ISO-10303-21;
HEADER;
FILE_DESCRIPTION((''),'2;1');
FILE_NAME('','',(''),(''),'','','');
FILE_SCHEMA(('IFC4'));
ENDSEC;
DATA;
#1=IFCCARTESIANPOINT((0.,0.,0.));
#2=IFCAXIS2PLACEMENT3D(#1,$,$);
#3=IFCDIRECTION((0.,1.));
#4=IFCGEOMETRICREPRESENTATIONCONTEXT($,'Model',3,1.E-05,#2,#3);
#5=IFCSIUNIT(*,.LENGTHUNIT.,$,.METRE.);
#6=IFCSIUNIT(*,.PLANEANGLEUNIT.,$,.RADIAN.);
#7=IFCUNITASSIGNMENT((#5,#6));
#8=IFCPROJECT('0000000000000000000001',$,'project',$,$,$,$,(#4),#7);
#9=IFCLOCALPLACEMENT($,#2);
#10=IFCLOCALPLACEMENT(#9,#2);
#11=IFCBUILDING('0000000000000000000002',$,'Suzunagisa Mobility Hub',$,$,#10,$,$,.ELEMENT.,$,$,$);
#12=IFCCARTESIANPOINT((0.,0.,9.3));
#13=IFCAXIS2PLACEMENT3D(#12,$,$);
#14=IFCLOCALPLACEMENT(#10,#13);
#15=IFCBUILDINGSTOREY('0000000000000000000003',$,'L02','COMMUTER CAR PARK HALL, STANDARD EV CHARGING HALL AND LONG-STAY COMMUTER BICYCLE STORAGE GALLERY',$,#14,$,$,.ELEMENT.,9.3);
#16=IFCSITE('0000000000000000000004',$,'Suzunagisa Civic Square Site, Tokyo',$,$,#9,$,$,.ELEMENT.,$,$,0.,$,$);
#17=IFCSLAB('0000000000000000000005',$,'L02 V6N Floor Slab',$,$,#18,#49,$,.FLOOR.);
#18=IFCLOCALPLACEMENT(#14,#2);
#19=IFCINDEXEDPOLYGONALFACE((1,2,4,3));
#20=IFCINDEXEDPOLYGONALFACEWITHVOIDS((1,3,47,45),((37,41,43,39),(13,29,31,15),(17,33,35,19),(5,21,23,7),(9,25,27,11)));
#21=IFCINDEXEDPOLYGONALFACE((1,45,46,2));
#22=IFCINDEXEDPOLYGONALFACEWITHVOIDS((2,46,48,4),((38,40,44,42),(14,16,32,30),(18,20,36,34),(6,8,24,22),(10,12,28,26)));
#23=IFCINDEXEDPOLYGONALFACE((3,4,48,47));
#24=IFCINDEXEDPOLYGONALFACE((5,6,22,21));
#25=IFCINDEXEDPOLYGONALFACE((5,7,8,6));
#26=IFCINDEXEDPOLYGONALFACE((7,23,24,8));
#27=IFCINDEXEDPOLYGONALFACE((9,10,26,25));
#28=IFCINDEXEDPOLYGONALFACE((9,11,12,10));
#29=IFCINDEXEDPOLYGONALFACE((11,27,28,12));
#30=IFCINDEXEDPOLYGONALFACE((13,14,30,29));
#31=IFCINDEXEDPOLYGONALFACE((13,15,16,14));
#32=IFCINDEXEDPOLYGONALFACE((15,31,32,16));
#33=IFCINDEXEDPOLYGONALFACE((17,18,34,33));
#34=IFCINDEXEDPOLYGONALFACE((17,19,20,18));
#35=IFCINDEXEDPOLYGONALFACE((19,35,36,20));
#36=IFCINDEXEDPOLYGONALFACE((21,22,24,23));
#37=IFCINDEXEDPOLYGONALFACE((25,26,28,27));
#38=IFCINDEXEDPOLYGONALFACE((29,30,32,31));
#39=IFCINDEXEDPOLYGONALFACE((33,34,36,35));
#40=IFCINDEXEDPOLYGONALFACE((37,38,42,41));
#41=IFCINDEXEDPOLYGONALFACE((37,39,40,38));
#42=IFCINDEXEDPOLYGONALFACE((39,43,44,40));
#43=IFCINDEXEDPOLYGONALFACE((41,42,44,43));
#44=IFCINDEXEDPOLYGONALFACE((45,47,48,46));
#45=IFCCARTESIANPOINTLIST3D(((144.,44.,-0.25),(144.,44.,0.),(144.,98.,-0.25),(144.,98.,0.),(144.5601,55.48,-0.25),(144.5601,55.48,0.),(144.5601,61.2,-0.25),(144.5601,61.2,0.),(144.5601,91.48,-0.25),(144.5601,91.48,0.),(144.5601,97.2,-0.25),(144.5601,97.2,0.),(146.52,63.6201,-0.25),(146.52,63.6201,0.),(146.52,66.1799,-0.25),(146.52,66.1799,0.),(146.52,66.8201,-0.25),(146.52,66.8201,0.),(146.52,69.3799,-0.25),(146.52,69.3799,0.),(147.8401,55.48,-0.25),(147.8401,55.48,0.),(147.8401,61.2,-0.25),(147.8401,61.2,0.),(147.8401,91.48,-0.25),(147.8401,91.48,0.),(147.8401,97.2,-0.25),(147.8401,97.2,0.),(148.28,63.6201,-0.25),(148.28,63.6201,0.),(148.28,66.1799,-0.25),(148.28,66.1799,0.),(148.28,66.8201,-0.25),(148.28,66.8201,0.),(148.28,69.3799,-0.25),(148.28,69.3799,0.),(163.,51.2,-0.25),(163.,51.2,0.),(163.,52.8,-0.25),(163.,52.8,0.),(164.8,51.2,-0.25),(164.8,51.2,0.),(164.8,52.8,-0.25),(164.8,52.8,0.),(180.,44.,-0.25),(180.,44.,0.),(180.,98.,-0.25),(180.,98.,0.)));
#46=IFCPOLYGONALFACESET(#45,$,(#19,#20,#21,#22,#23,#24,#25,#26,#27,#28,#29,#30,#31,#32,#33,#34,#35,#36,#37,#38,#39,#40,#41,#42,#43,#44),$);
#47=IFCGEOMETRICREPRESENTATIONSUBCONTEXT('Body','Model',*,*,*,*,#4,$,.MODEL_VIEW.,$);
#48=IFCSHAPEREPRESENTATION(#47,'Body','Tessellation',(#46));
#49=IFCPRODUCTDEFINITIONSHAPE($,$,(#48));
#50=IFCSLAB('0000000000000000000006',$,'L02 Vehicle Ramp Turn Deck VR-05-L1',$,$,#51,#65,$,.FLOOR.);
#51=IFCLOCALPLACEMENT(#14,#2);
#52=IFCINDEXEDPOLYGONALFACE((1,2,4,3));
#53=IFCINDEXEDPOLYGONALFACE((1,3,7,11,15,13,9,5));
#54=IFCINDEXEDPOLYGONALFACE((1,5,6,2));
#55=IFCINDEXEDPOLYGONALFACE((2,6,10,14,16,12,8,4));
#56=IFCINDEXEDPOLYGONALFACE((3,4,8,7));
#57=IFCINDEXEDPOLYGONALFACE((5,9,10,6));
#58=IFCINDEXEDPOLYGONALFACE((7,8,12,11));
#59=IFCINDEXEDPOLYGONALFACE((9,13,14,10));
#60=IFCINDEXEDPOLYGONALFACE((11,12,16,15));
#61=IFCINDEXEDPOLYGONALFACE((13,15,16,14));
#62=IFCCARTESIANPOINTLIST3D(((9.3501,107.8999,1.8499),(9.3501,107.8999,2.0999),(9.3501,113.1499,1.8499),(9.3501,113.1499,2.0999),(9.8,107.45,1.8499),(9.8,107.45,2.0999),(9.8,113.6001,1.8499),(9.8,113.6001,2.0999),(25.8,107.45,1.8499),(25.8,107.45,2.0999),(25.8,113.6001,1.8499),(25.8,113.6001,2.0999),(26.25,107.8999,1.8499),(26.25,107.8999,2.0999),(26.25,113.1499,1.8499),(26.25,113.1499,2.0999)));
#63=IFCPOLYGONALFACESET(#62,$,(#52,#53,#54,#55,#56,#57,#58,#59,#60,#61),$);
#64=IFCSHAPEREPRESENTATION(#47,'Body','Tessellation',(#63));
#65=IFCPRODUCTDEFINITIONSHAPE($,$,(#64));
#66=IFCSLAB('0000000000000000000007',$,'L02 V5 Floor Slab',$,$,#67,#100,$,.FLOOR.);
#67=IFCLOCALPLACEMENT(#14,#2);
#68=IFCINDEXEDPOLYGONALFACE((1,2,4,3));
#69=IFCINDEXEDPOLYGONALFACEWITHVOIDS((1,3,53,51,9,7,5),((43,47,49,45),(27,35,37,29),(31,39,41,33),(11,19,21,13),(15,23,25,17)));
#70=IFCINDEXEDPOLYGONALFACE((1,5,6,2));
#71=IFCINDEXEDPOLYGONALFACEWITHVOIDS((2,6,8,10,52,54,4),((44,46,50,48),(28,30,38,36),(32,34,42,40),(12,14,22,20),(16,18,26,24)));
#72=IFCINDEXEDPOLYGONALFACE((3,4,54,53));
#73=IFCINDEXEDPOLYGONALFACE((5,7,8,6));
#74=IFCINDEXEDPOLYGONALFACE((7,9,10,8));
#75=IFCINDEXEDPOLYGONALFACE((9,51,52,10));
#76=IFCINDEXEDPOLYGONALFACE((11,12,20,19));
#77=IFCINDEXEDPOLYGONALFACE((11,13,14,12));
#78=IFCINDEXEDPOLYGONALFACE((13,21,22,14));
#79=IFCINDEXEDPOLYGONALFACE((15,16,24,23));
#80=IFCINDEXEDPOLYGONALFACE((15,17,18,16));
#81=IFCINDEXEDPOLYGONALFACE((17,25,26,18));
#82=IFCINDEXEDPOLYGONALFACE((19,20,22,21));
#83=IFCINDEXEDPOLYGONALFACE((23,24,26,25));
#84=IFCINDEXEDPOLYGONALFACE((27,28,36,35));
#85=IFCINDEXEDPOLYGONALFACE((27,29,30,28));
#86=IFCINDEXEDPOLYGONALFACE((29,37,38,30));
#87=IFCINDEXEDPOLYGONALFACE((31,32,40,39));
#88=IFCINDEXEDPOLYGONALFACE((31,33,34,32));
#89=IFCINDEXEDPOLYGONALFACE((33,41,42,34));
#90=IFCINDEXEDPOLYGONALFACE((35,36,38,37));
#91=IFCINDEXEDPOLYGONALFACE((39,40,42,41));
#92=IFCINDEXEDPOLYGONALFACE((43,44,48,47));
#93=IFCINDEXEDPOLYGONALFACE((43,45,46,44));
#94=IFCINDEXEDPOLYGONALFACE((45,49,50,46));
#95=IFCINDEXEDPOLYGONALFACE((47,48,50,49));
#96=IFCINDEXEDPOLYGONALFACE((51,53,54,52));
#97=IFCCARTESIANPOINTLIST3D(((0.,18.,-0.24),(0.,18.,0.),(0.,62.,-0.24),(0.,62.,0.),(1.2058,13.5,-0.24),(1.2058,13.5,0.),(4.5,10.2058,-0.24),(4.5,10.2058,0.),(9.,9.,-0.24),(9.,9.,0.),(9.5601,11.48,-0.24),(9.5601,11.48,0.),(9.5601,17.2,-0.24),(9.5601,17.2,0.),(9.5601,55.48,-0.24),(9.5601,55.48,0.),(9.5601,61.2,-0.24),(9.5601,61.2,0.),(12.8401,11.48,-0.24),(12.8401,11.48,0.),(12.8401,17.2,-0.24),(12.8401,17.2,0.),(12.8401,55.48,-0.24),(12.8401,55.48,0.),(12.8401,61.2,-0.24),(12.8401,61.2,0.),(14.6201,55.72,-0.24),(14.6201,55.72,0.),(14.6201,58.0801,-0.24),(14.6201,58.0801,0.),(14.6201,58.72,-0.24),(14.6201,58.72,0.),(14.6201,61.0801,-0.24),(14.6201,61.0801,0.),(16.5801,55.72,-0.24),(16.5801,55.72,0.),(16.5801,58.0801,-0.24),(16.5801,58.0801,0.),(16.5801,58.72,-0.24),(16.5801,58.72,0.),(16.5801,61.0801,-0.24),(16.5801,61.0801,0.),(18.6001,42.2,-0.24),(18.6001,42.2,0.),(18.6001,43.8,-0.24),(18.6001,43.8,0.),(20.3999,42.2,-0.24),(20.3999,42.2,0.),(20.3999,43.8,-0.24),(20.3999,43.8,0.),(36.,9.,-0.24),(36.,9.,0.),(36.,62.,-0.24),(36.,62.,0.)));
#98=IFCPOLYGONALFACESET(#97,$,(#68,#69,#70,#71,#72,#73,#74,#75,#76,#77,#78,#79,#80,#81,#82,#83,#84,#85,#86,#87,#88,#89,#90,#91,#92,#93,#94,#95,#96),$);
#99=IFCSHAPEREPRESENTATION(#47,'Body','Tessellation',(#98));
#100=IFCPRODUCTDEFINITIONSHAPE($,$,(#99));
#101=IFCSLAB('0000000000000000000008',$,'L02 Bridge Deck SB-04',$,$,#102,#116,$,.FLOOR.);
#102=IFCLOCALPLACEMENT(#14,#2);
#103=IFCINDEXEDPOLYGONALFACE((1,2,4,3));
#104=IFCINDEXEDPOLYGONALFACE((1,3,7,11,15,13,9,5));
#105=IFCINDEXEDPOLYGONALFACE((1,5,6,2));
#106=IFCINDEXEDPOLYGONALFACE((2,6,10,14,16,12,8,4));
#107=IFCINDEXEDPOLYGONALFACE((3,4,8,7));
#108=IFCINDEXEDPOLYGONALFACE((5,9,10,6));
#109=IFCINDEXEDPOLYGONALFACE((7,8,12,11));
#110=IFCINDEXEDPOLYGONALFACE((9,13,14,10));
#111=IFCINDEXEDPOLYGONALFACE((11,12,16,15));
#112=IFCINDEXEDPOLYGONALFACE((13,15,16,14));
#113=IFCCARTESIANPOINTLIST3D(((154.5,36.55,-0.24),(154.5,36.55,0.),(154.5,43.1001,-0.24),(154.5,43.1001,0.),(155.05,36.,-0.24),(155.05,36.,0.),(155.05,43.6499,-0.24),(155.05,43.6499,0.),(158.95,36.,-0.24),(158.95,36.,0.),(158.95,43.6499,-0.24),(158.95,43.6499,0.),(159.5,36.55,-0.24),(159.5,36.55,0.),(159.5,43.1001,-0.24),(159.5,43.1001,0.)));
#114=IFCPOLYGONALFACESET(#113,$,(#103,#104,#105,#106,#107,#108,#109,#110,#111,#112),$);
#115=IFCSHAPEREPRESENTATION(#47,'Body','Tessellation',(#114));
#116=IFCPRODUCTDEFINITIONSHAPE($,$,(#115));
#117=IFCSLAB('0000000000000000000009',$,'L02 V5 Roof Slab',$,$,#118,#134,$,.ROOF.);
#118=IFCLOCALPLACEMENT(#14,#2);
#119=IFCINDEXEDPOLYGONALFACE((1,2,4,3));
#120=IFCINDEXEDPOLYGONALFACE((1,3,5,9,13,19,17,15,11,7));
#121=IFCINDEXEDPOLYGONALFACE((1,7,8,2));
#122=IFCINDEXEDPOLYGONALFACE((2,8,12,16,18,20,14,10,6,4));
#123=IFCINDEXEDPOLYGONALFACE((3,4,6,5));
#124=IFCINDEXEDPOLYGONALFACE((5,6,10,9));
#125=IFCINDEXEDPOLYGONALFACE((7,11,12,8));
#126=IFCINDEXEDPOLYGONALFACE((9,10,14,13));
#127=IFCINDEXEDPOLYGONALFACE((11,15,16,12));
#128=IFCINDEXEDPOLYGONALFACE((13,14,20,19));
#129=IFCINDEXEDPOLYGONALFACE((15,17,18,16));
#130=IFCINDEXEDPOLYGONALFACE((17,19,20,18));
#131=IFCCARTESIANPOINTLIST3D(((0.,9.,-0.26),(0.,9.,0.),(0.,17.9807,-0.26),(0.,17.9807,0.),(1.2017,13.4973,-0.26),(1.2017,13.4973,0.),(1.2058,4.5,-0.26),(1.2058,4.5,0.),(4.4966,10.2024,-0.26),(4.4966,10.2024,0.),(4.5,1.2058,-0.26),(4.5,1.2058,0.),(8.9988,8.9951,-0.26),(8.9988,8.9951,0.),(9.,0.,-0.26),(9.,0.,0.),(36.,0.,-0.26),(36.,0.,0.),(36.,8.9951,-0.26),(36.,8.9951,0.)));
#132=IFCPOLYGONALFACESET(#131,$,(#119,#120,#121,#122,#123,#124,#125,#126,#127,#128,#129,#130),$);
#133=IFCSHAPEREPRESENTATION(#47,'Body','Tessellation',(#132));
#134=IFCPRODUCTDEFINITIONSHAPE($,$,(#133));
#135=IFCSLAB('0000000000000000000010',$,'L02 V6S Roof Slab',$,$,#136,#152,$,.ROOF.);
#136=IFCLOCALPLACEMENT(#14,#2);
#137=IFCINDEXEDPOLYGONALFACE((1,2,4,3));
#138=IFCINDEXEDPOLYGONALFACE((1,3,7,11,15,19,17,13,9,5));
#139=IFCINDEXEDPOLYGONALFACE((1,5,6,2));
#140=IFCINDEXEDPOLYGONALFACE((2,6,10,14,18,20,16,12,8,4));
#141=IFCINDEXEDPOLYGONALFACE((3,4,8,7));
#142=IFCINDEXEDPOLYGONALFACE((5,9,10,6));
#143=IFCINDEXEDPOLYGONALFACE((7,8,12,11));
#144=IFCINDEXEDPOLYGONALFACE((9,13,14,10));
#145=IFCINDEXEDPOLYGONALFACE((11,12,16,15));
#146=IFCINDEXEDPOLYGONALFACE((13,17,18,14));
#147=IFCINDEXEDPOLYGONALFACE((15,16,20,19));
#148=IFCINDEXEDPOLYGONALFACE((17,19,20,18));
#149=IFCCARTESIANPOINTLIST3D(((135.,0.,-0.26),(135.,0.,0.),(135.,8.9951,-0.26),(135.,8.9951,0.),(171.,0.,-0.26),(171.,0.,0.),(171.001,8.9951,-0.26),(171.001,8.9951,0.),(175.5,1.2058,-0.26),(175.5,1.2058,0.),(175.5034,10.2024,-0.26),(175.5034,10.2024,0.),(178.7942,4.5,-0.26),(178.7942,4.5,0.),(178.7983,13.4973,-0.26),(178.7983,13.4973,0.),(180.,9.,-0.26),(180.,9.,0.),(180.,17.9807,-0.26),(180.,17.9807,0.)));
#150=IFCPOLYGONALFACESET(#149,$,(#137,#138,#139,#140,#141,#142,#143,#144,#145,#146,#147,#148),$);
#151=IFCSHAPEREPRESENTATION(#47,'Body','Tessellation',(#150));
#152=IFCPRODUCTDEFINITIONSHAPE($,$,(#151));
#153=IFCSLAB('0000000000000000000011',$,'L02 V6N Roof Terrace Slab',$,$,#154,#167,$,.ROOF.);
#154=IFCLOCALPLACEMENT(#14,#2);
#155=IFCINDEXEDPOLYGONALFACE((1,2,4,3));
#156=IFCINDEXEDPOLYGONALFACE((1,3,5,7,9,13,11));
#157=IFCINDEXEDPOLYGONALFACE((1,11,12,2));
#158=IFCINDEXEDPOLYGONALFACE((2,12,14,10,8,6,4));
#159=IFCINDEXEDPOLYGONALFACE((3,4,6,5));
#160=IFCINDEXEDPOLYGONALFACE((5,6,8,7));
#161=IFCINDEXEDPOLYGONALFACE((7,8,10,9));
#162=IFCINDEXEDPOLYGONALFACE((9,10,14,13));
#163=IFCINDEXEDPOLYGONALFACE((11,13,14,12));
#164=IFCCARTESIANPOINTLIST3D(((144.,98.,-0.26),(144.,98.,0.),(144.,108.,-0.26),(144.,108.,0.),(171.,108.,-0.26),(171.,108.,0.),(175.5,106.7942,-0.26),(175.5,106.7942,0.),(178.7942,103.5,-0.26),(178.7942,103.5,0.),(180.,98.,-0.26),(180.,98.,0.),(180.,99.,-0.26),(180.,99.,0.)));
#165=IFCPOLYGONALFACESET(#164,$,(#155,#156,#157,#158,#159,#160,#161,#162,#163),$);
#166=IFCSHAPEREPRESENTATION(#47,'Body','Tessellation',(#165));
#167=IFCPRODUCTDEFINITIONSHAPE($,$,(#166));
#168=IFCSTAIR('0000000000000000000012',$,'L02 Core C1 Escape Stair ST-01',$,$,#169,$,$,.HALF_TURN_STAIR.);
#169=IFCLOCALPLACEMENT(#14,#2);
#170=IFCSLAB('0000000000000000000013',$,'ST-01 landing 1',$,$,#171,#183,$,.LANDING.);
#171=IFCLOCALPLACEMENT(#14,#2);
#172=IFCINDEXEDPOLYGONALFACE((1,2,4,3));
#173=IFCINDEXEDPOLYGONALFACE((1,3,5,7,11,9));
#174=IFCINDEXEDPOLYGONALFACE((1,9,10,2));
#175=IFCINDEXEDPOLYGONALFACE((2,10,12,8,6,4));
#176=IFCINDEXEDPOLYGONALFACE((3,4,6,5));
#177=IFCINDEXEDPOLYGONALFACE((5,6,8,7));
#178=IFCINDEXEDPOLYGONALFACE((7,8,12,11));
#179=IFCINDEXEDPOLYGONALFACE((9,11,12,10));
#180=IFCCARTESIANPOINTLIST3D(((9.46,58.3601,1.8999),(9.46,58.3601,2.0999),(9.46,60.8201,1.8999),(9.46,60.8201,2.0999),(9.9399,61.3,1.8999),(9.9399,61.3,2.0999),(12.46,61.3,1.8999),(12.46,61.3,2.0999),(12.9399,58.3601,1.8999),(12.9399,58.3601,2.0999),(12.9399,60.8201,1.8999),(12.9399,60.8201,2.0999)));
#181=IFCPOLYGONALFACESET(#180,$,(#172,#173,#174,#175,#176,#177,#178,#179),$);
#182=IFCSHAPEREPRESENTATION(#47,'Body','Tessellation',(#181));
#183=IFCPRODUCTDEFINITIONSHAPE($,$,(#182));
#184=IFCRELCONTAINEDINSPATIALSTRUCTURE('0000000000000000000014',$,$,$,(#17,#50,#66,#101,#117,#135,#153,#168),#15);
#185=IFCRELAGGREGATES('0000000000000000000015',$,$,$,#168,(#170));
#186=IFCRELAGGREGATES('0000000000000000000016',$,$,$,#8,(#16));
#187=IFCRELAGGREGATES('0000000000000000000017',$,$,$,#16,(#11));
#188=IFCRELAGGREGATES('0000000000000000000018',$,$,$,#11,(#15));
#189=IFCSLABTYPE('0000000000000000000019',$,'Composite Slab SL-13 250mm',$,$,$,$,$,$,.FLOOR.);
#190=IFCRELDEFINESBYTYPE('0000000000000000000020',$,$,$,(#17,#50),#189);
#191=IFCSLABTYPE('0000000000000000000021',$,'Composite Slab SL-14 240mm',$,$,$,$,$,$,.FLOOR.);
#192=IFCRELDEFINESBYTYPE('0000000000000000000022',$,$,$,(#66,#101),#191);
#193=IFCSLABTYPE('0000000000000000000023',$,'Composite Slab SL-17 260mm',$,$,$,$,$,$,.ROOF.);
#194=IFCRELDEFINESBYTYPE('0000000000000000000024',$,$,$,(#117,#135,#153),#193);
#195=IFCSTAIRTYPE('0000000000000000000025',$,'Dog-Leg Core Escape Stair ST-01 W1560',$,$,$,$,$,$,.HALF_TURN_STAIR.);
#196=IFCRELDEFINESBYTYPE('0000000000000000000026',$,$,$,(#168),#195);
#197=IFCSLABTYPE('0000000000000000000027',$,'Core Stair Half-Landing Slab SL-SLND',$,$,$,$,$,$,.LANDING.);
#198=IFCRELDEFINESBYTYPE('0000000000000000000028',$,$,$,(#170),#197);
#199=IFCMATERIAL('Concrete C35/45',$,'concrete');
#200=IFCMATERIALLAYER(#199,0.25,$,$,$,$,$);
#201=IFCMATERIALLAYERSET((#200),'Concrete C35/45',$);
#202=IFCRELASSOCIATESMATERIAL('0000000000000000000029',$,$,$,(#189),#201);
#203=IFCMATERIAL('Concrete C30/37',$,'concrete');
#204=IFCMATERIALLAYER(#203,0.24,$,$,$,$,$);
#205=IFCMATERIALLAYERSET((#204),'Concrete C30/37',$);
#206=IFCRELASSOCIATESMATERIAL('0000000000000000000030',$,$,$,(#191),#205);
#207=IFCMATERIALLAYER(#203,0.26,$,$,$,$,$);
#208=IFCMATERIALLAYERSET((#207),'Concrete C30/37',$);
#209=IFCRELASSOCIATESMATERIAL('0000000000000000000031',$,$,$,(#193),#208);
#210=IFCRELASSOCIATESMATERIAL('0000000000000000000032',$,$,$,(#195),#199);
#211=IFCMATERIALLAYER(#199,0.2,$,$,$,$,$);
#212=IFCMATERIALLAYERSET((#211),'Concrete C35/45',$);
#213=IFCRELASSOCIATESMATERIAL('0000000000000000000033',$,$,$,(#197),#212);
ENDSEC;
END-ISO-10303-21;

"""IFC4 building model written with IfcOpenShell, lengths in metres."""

from ifc_helpers import new_model, si_unit, direction, frame, origin, place, context, subcontext, project, spatial, polyline, outline, extrude, material, layer, layer_set, type_object, element, aggregate, save


model = new_model("IFC4")

# Units and contexts
model_context = context("Model", 3, precision=1e-05, world=origin(), true_north=direction((0.0, 1.0)))
body_context = subcontext(model_context, "Body", "Model", "MODEL_VIEW")
ifc_project = project(units=[si_unit("LENGTHUNIT", "METRE"), si_unit("PLANEANGLEUNIT", "RADIAN")], contexts=[model_context])

# Site, building, storey
site_placement = place(None, origin())
site = spatial("IfcSite", under=ifc_project, at=site_placement, Name="Suzunagisa Civic Square Site, Tokyo", CompositionType="ELEMENT", RefElevation=0.0)
building_placement = place(site_placement, origin())
building = spatial("IfcBuilding", under=site, at=building_placement, Name="Suzunagisa Mobility Hub", CompositionType="ELEMENT")
storey_placement = place(building_placement, frame((0.0, 0.0, 9.3)))
storey = spatial("IfcBuildingStorey", under=building, at=storey_placement, Name="L02", Description="COMMUTER CAR PARK HALL, STANDARD EV CHARGING HALL AND LONG-STAY COMMUTER BICYCLE STORAGE GALLERY", CompositionType="ELEMENT", Elevation=9.3)

# Slabs
ifc_material_1 = material(Name="Concrete C30/37", Category="concrete")
ifc_material_2 = material(Name="Concrete C35/45", Category="concrete")
ifc_layer_1 = layer(ifc_material_2, 0.25)
ifc_layer_set_1 = layer_set([ifc_layer_1], Name="Concrete C35/45")
slab_type_1 = type_object("IfcSlabType", Name="Composite Slab SL-13 250mm", PredefinedType="FLOOR", material=ifc_layer_set_1)
slab_1_placement = place(storey_placement, frame((0.0, 0.0, -0.25)))
element("IfcSlab", 1, at=slab_1_placement, inside=storey, type_object=slab_type_1, Name="L02 V6N Floor Slab", PredefinedType="FLOOR", context=body_context, shape_type="SweptSolid", body=[
    extrude(outline(polyline([(144.0, 44.0), (180.0, 44.0), (180.0, 98.0), (144.0, 98.0), (144.0, 44.0)]), holes=[polyline([(163.0, 51.2), (164.8, 51.2), (164.8, 52.8), (163.0, 52.8), (163.0, 51.2)]), polyline([(144.5601, 55.48), (147.8401, 55.48), (147.8401, 61.2), (144.5601, 61.2), (144.5601, 55.48)]), polyline([(146.52, 63.6201), (148.28, 63.6201), (148.28, 66.1799), (146.52, 66.1799), (146.52, 63.6201)]), polyline([(146.52, 66.8201), (148.28, 66.8201), (148.28, 69.3799), (146.52, 69.3799), (146.52, 66.8201)]), polyline([(144.5601, 91.48), (147.8401, 91.48), (147.8401, 97.2), (144.5601, 97.2), (144.5601, 91.48)])]), origin(), (0.0, 0.0, 1.0), 0.25),
])
slab_2_placement = place(storey_placement, frame((0.0, 0.0, 1.8499)))
element("IfcSlab", 2, at=slab_2_placement, inside=storey, type_object=slab_type_1, Name="L02 Vehicle Ramp Turn Deck VR-05-L1", PredefinedType="FLOOR", context=body_context, shape_type="SweptSolid", body=[
    extrude(outline(polyline([(9.8, 107.45), (25.8, 107.45), (26.25, 107.8999), (26.25, 113.1499), (25.8, 113.6001), (9.8, 113.6001), (9.3501, 113.1499), (9.3501, 107.8999), (9.8, 107.45)])), origin(), (0.0, 0.0, 1.0), 0.25),
])
ifc_layer_2 = layer(ifc_material_1, 0.24)
ifc_layer_set_2 = layer_set([ifc_layer_2], Name="Concrete C30/37")
slab_type_2 = type_object("IfcSlabType", Name="Composite Slab SL-14 240mm", PredefinedType="FLOOR", material=ifc_layer_set_2)
slab_3_placement = place(storey_placement, frame((0.0, 0.0, -0.24)))
element("IfcSlab", 3, at=slab_3_placement, inside=storey, type_object=slab_type_2, Name="L02 V5 Floor Slab", PredefinedType="FLOOR", context=body_context, shape_type="SweptSolid", body=[
    extrude(outline(polyline([(0.0, 18.0), (1.2058, 13.5), (4.5, 10.2058), (9.0, 9.0), (36.0, 9.0), (36.0, 62.0), (0.0, 62.0), (0.0, 18.0)]), holes=[polyline([(18.6001, 42.2), (20.3999, 42.2), (20.3999, 43.8), (18.6001, 43.8), (18.6001, 42.2)]), polyline([(9.5601, 55.48), (12.8401, 55.48), (12.8401, 61.2), (9.5601, 61.2), (9.5601, 55.48)]), polyline([(14.6201, 55.72), (16.5801, 55.72), (16.5801, 58.0801), (14.6201, 58.0801), (14.6201, 55.72)]), polyline([(14.6201, 58.72), (16.5801, 58.72), (16.5801, 61.0801), (14.6201, 61.0801), (14.6201, 58.72)]), polyline([(9.5601, 11.48), (12.8401, 11.48), (12.8401, 17.2), (9.5601, 17.2), (9.5601, 11.48)])]), origin(), (0.0, 0.0, 1.0), 0.24),
])
slab_4_placement = place(storey_placement, frame((0.0, 0.0, -0.24)))
element("IfcSlab", 4, at=slab_4_placement, inside=storey, type_object=slab_type_2, Name="L02 Bridge Deck SB-04", PredefinedType="FLOOR", context=body_context, shape_type="SweptSolid", body=[
    extrude(outline(polyline([(155.05, 36.0), (158.95, 36.0), (159.5, 36.55), (159.5, 43.1001), (158.95, 43.6499), (155.05, 43.6499), (154.5, 43.1001), (154.5, 36.55), (155.05, 36.0)])), origin(), (0.0, 0.0, 1.0), 0.24),
])
ifc_layer_3 = layer(ifc_material_1, 0.26)
ifc_layer_set_3 = layer_set([ifc_layer_3], Name="Concrete C30/37")
slab_type_3 = type_object("IfcSlabType", Name="Composite Slab SL-17 260mm", PredefinedType="ROOF", material=ifc_layer_set_3)
slab_5_placement = place(storey_placement, frame((0.0, 0.0, -0.26)))
element("IfcSlab", 5, at=slab_5_placement, inside=storey, type_object=slab_type_3, Name="L02 V5 Roof Slab", PredefinedType="ROOF", context=body_context, shape_type="SweptSolid", body=[
    extrude(outline(polyline([(0.0, 9.0), (1.2058, 4.5), (4.5, 1.2058), (9.0, 0.0), (36.0, 0.0), (36.0, 8.9951), (8.9988, 8.9951), (4.4966, 10.2024), (1.2017, 13.4973), (0.0, 17.9807), (0.0, 9.0)])), origin(), (0.0, 0.0, 1.0), 0.26),
])
slab_6_placement = place(storey_placement, frame((0.0, 0.0, -0.26)))
element("IfcSlab", 6, at=slab_6_placement, inside=storey, type_object=slab_type_3, Name="L02 V6S Roof Slab", PredefinedType="ROOF", context=body_context, shape_type="SweptSolid", body=[
    extrude(outline(polyline([(135.0, 0.0), (171.0, 0.0), (175.5, 1.2058), (178.7942, 4.5), (180.0, 9.0), (180.0, 17.9807), (178.7983, 13.4973), (175.5034, 10.2024), (171.001, 8.9951), (135.0, 8.9951), (135.0, 0.0)])), origin(), (0.0, 0.0, 1.0), 0.26),
])
slab_7_placement = place(storey_placement, frame((0.0, 0.0, -0.26)))
element("IfcSlab", 7, at=slab_7_placement, inside=storey, type_object=slab_type_3, Name="L02 V6N Roof Terrace Slab", PredefinedType="ROOF", context=body_context, shape_type="SweptSolid", body=[
    extrude(outline(polyline([(144.0, 98.0), (180.0, 98.0), (180.0, 99.0), (178.7942, 103.5), (175.5, 106.7942), (171.0, 108.0), (144.0, 108.0), (144.0, 98.0)])), origin(), (0.0, 0.0, 1.0), 0.26),
])

# Stair, slab
stair_type_1 = type_object("IfcStairType", Name="Dog-Leg Core Escape Stair ST-01 W1560", PredefinedType="HALF_TURN_STAIR", material=ifc_material_2)
stair_1_placement = place(storey_placement, origin())
stair_1 = element("IfcStair", 8, at=stair_1_placement, inside=storey, type_object=stair_type_1, Name="L02 Core C1 Escape Stair ST-01", PredefinedType="HALF_TURN_STAIR")
ifc_layer_4 = layer(ifc_material_2, 0.2)
ifc_layer_set_4 = layer_set([ifc_layer_4], Name="Concrete C35/45")
slab_type_4 = type_object("IfcSlabType", Name="Core Stair Half-Landing Slab SL-SLND", PredefinedType="LANDING", material=ifc_layer_set_4)
slab_8_placement = place(storey_placement, frame((0.0, 0.0, 1.8999)))
slab_8 = element("IfcSlab", 9, at=slab_8_placement, type_object=slab_type_4, Name="ST-01 landing 1", PredefinedType="LANDING", context=body_context, shape_type="SweptSolid", body=[
    extrude(outline(polyline([(9.46, 58.3601), (12.9399, 58.3601), (12.9399, 60.8201), (12.46, 61.3), (9.9399, 61.3), (9.46, 60.8201), (9.46, 58.3601)])), origin(), (0.0, 0.0, 1.0), 0.2),
])
aggregate(stair_1, [slab_8])

save(model, "model.ifc")
